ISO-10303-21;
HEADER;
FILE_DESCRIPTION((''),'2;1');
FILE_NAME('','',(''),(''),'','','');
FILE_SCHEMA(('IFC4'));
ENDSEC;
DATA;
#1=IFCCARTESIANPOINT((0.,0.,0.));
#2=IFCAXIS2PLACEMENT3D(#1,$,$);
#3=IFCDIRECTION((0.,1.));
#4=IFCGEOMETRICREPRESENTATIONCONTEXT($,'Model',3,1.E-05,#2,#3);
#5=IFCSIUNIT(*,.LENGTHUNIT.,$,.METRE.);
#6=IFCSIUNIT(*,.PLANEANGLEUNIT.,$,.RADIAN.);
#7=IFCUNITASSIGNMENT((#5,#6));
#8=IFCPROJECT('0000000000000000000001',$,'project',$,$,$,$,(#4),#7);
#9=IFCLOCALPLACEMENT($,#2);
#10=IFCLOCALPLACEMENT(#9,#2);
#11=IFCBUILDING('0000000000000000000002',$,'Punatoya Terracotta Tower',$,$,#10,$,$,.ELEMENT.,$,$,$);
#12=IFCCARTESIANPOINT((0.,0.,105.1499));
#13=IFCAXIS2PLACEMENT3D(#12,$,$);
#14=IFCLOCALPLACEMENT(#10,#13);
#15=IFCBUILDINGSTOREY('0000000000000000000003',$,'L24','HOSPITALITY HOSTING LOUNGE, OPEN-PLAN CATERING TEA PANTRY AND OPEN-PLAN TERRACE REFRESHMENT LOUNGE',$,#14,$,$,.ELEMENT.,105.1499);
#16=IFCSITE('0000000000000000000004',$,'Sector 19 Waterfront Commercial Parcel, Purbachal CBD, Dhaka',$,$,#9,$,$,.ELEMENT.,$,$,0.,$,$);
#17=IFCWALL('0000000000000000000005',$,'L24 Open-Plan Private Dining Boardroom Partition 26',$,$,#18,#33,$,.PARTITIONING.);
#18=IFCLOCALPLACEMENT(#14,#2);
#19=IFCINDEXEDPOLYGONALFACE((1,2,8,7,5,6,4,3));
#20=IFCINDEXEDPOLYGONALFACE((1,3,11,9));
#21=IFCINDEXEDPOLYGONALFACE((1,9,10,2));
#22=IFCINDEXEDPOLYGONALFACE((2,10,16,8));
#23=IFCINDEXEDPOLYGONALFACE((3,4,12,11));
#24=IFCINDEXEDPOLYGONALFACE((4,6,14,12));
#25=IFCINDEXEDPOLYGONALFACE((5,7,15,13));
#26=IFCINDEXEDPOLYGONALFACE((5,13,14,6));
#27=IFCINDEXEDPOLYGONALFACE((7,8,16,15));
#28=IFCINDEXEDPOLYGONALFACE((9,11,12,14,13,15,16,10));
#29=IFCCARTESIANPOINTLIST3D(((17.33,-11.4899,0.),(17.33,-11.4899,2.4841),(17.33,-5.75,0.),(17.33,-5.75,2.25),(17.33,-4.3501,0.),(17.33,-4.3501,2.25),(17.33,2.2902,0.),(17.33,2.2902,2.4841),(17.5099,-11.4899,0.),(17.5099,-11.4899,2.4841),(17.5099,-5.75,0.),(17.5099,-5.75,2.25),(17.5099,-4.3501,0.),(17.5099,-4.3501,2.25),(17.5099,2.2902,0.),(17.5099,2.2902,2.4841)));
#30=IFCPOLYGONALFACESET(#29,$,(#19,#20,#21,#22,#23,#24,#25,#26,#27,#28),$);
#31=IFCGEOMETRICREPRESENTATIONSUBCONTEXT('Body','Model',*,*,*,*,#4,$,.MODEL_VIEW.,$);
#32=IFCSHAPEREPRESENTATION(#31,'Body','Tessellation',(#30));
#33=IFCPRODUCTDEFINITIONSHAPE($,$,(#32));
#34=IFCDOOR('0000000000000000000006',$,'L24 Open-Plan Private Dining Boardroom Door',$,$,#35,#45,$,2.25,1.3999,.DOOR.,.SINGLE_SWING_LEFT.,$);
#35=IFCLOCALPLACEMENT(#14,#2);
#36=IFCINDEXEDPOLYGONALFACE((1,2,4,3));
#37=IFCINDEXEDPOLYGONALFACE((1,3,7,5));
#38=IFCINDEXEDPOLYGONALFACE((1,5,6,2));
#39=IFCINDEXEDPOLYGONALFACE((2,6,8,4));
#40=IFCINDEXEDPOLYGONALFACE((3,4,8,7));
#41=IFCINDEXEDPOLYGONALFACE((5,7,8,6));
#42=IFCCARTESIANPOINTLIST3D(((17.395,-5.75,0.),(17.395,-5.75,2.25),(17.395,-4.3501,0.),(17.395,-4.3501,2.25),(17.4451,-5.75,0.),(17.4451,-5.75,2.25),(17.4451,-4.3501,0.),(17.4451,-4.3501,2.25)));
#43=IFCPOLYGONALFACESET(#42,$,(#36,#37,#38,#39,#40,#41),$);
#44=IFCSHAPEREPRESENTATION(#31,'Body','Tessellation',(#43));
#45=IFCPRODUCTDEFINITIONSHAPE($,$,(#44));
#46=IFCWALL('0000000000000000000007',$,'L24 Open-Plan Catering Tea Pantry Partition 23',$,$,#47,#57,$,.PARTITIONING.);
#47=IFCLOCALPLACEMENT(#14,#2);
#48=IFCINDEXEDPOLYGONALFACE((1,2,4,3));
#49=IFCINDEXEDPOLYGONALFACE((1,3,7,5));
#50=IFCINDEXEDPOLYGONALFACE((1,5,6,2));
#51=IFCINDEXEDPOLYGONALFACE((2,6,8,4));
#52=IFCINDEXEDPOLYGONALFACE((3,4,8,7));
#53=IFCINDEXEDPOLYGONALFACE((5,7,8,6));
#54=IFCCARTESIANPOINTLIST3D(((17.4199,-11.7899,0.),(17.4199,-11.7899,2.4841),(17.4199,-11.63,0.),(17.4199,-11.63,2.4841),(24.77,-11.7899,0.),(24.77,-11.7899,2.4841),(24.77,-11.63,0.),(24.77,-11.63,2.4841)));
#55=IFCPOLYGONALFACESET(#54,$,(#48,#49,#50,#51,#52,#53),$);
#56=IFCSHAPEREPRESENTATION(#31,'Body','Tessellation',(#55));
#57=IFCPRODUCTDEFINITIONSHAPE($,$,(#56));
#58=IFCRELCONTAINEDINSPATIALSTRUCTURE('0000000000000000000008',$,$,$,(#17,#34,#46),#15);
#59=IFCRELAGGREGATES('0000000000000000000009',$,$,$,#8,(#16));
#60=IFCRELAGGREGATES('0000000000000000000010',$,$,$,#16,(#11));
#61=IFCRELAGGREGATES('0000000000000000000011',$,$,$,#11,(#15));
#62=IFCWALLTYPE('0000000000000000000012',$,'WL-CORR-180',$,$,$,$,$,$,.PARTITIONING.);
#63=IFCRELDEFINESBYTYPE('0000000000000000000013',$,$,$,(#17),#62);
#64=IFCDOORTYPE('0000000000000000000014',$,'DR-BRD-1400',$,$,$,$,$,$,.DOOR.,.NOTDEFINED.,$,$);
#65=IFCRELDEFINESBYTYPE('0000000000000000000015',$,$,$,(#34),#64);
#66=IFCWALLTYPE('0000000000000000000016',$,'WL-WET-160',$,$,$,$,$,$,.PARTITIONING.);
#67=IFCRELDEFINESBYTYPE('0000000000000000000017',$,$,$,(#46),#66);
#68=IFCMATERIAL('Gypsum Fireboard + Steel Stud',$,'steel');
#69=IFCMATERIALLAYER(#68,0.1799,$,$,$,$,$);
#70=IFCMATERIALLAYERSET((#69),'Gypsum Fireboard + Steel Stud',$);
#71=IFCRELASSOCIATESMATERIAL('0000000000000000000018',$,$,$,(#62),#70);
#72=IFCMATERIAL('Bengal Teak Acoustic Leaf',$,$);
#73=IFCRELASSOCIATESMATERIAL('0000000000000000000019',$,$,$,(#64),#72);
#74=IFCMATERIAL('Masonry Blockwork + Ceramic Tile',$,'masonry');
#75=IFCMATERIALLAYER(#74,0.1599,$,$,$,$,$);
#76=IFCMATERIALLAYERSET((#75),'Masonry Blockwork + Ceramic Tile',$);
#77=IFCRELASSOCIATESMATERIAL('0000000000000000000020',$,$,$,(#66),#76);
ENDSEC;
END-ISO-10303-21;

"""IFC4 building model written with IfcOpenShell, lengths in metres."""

from ifc_helpers import new_model, si_unit, direction, frame, frame_2d, origin, place, context, subcontext, project, spatial, rectangle, extrude, material, layer, layer_set, type_object, element, fill, save


model = new_model("IFC4")

# Units and contexts
model_context = context("Model", 3, precision=1e-05, world=origin(), true_north=direction((0.0, 1.0)))
body_context = subcontext(model_context, "Body", "Model", "MODEL_VIEW")
ifc_project = project(units=[si_unit("LENGTHUNIT", "METRE"), si_unit("PLANEANGLEUNIT", "RADIAN")], contexts=[model_context])

# Site, building, storey
site_placement = place(None, origin())
site = spatial("IfcSite", under=ifc_project, at=site_placement, Name="Sector 19 Waterfront Commercial Parcel, Purbachal CBD, Dhaka", CompositionType="ELEMENT", RefElevation=0.0)
building_placement = place(site_placement, origin())
building = spatial("IfcBuilding", under=site, at=building_placement, Name="Punatoya Terracotta Tower", CompositionType="ELEMENT")
storey_placement = place(building_placement, frame((0.0, 0.0, 105.1499)))
storey = spatial("IfcBuildingStorey", under=building, at=storey_placement, Name="L24", Description="HOSPITALITY HOSTING LOUNGE, OPEN-PLAN CATERING TEA PANTRY AND OPEN-PLAN TERRACE REFRESHMENT LOUNGE", CompositionType="ELEMENT", Elevation=105.1499)

# Wall, opening, door
ifc_material_1 = material(Name="Gypsum Fireboard + Steel Stud", Category="steel")
ifc_layer_1 = layer(ifc_material_1, 0.1799)
ifc_layer_set_1 = layer_set([ifc_layer_1], Name="Gypsum Fireboard + Steel Stud")
wall_type_1 = type_object("IfcWallType", Name="WL-CORR-180", PredefinedType="PARTITIONING", material=ifc_layer_set_1)
wall_1_placement = place(storey_placement, frame((17.4199, -11.49, 0.0), z_axis=(0.0, 0.0, 1.0), x_axis=(0.0, 1.0, 0.0)))
wall_1 = element("IfcWall", 1, at=wall_1_placement, inside=storey, type_object=wall_type_1, Name="L24 Open-Plan Private Dining Boardroom Partition 26", PredefinedType="PARTITIONING", context=body_context, shape_type="SweptSolid", body=[
    extrude(rectangle(XDim=13.78, YDim=0.1799, at=frame_2d((6.8901, 0.0))), origin(), (0.0, 0.0, 1.0), 2.4841),
])
opening_placement = place(wall_1_placement, frame((5.74, 0.0, 0.0)))
opening = element("IfcOpeningElement", 2, at=opening_placement, cuts=wall_1, PredefinedType="OPENING", context=body_context, shape_type="SweptSolid", body=[
    extrude(rectangle(XDim=1.3999, YDim=2.25, at=frame_2d((0.7, 1.125))), frame((0.0, 0.0999, 0.0), z_axis=(0.0, -1.0, 0.0), x_axis=(1.0, 0.0, 0.0)), (0.0, 0.0, 1.0), 0.2),
])
ifc_material_2 = material(Name="Bengal Teak Acoustic Leaf")
door_type = type_object("IfcDoorType", Name="DR-BRD-1400", OperationType="NOTDEFINED", PredefinedType="DOOR", material=ifc_material_2)
door_placement = place(opening_placement, origin())
door = element("IfcDoor", 3, at=door_placement, inside=storey, type_object=door_type, Name="L24 Open-Plan Private Dining Boardroom Door", OperationType="SINGLE_SWING_LEFT", OverallHeight=2.25, OverallWidth=1.3999, PredefinedType="DOOR", context=body_context, shape_type="SweptSolid", body=[
    extrude(rectangle(XDim=1.3999, YDim=2.25, at=frame_2d((0.7, 1.125))), frame((0.0, 0.0249, 0.0), z_axis=(0.0, -1.0, 0.0), x_axis=(1.0, 0.0, 0.0)), (0.0, 0.0, 1.0), 0.05),
])
fill(opening, door)

# Wall
ifc_material_3 = material(Name="Masonry Blockwork + Ceramic Tile", Category="masonry")
ifc_layer_2 = layer(ifc_material_3, 0.1599)
ifc_layer_set_2 = layer_set([ifc_layer_2], Name="Masonry Blockwork + Ceramic Tile")
wall_type_2 = type_object("IfcWallType", Name="WL-WET-160", PredefinedType="PARTITIONING", material=ifc_layer_set_2)
wall_2_placement = place(storey_placement, frame((17.4199, -11.71, 0.0), z_axis=(0.0, 0.0, 1.0), x_axis=(1.0, 0.0, 0.0)))
element("IfcWall", 4, at=wall_2_placement, inside=storey, type_object=wall_type_2, Name="L24 Open-Plan Catering Tea Pantry Partition 23", PredefinedType="PARTITIONING", context=body_context, shape_type="SweptSolid", body=[
    extrude(rectangle(XDim=7.3501, YDim=0.1599, at=frame_2d((3.675, 0.0))), origin(), (0.0, 0.0, 1.0), 2.4841),
])

save(model, "model.ifc")
